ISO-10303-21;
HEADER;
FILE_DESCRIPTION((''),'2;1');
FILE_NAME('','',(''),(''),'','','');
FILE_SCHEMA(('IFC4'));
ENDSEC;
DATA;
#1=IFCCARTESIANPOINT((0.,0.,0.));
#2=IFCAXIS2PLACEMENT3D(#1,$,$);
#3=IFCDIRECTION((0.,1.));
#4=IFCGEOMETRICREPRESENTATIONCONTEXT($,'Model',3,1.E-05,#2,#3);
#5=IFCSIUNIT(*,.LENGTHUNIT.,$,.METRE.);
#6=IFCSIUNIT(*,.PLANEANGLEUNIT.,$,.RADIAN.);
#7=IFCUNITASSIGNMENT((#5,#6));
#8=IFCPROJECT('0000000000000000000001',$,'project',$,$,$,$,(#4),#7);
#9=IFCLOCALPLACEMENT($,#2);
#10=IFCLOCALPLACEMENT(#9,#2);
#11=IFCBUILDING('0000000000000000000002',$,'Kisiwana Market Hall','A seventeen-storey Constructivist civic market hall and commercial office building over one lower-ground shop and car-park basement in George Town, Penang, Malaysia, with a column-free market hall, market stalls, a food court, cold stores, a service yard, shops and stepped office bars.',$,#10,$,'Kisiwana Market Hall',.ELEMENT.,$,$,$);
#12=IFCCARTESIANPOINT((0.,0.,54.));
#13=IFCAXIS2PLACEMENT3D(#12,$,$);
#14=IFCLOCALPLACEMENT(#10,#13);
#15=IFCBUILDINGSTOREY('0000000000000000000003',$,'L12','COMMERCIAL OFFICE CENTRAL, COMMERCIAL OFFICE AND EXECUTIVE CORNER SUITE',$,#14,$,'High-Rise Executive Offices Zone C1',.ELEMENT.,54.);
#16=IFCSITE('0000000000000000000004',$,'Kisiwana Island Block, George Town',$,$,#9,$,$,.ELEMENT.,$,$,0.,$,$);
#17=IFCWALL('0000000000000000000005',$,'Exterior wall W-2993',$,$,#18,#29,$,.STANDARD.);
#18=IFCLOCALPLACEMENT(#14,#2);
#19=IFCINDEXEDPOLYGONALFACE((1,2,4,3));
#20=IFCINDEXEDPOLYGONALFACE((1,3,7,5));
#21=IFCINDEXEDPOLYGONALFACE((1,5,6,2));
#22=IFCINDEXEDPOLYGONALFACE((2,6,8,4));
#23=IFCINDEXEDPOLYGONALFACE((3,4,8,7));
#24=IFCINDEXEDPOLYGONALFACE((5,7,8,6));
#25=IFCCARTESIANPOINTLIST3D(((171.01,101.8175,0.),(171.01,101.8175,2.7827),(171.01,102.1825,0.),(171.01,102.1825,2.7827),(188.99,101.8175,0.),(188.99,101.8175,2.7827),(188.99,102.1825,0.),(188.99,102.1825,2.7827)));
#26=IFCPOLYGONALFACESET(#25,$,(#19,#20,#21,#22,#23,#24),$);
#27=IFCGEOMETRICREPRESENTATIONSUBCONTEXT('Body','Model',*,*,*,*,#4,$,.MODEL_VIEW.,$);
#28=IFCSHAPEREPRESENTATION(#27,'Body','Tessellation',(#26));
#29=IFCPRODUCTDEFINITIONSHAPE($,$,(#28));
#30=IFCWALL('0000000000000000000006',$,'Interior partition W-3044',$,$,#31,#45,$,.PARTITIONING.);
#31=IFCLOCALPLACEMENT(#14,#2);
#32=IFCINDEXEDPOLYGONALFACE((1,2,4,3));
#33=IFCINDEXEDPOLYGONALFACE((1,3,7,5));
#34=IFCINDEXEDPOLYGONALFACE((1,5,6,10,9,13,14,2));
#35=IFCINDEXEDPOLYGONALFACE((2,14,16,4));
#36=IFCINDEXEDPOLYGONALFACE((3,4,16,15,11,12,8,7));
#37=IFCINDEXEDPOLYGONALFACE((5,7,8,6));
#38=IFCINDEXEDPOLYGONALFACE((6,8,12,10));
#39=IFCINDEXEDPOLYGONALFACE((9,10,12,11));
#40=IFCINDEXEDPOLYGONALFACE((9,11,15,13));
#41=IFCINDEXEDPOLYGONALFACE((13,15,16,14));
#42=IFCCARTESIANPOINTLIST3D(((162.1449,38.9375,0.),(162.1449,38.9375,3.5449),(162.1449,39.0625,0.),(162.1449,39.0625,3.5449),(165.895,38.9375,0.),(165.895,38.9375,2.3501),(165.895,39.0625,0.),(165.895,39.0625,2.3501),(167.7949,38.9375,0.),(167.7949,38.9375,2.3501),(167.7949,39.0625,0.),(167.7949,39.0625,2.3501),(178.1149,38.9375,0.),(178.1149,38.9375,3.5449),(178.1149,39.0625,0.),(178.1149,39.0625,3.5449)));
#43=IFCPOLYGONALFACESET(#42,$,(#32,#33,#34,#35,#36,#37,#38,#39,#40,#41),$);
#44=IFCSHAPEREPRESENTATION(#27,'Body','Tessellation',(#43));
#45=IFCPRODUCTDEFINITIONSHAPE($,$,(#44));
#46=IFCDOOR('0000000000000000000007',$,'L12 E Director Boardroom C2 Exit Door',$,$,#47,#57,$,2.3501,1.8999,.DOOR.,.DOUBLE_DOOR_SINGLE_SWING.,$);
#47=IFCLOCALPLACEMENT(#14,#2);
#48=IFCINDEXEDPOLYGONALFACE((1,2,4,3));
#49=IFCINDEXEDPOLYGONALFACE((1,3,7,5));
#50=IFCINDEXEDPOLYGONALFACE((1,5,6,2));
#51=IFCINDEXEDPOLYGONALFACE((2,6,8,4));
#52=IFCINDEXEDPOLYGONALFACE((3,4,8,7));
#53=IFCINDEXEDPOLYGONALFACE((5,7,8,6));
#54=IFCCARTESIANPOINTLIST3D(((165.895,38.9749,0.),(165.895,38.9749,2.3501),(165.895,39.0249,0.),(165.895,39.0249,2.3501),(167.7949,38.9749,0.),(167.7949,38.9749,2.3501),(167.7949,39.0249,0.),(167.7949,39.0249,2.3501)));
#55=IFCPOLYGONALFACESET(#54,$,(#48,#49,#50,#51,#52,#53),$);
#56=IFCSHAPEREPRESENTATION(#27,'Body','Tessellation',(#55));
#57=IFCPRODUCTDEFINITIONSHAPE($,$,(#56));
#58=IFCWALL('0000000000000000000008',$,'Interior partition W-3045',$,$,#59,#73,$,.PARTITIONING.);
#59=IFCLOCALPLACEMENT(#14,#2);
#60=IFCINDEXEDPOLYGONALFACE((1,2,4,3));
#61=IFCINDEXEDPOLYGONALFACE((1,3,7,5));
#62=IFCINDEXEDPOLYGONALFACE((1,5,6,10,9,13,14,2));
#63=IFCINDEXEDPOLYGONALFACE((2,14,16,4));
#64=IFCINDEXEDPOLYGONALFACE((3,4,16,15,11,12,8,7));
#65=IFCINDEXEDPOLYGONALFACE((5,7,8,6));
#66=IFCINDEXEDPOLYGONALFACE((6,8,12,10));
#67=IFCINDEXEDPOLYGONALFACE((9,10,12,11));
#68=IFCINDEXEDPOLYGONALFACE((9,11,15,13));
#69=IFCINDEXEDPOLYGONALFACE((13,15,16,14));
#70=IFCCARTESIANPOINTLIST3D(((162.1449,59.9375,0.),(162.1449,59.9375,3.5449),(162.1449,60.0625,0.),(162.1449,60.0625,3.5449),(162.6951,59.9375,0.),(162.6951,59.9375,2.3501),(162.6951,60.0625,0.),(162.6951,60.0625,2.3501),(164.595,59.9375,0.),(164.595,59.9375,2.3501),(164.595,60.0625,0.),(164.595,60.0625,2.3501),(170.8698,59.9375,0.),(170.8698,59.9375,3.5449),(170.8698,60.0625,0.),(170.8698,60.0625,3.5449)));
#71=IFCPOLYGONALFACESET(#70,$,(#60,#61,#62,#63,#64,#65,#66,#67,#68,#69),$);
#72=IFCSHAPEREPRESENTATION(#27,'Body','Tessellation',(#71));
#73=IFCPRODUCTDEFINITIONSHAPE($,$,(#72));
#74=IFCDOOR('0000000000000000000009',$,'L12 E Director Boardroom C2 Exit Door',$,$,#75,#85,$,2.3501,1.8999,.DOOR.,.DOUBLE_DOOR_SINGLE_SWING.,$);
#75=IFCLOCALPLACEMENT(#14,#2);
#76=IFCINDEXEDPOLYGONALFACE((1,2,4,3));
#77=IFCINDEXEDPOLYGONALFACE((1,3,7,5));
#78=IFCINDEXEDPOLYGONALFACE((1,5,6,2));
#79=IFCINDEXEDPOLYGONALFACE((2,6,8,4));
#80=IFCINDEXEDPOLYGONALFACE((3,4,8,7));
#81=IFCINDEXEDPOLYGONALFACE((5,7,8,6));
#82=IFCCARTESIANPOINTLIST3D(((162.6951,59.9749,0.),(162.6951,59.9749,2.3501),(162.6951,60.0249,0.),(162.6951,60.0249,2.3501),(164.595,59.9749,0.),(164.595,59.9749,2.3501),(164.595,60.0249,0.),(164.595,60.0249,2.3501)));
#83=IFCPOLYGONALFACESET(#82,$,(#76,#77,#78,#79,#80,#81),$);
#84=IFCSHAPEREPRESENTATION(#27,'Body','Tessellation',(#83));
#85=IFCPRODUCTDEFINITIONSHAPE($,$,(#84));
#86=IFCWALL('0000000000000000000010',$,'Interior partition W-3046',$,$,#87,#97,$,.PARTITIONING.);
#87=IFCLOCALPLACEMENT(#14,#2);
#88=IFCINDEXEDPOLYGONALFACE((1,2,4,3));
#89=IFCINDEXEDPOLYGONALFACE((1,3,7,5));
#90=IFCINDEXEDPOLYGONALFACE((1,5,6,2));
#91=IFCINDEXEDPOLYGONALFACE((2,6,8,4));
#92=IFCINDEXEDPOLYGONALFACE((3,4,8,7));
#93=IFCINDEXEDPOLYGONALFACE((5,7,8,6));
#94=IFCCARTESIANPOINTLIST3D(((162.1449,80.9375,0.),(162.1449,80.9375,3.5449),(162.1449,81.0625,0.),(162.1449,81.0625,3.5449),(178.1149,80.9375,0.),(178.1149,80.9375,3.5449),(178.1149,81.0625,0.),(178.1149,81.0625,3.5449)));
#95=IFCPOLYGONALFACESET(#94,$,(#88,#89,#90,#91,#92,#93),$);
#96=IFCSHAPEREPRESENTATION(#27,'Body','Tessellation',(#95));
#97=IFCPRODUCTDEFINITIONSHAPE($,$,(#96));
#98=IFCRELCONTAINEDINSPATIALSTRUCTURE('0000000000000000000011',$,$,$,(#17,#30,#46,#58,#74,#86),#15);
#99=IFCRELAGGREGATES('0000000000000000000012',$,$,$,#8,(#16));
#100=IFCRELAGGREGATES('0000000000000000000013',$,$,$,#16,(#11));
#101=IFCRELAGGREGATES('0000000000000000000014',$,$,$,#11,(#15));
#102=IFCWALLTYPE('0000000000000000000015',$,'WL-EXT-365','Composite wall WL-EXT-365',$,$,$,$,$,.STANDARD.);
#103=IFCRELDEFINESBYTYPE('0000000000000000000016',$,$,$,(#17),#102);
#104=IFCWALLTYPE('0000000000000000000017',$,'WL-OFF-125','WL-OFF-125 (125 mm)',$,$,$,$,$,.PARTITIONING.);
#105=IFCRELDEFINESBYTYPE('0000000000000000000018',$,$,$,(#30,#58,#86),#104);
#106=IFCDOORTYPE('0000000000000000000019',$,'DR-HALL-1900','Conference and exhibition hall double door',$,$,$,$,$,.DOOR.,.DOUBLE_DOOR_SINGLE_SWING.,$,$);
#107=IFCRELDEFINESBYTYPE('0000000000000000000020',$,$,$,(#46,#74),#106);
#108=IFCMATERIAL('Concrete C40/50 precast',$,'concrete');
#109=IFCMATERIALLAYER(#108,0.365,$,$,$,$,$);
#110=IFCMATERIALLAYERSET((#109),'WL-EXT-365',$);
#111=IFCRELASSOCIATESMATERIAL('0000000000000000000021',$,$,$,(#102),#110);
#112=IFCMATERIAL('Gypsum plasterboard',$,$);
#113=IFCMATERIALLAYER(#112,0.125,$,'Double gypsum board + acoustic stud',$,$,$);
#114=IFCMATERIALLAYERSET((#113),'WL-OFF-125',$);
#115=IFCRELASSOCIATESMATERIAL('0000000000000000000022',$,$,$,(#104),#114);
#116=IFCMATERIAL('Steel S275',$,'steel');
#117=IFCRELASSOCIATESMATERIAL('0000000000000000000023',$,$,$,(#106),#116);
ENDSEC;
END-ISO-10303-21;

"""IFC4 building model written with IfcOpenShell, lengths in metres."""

from ifc_helpers import new_model, si_unit, direction, frame, frame_2d, origin, place, context, subcontext, project, spatial, rectangle, extrude, material, layer, layer_set, type_object, element, fill, save


model = new_model("IFC4")

# Units and contexts
model_context = context("Model", 3, precision=1e-05, world=origin(), true_north=direction((0.0, 1.0)))
body_context = subcontext(model_context, "Body", "Model", "MODEL_VIEW")
ifc_project = project(units=[si_unit("LENGTHUNIT", "METRE"), si_unit("PLANEANGLEUNIT", "RADIAN")], contexts=[model_context])

# Site, building, storey
site_placement = place(None, origin())
site = spatial("IfcSite", under=ifc_project, at=site_placement, Name="Kisiwana Island Block, George Town", CompositionType="ELEMENT", RefElevation=0.0)
building_placement = place(site_placement, origin())
building = spatial("IfcBuilding", under=site, at=building_placement, Name="Kisiwana Market Hall", Description="A seventeen-storey Constructivist civic market hall and commercial office building over one lower-ground shop and car-park basement in George Town, Penang, Malaysia, with a column-free market hall, market stalls, a food court, cold stores, a service yard, shops and stepped office bars.", LongName="Kisiwana Market Hall", CompositionType="ELEMENT")
storey_placement = place(building_placement, frame((0.0, 0.0, 54.0)))
storey = spatial("IfcBuildingStorey", under=building, at=storey_placement, Name="L12", Description="COMMERCIAL OFFICE CENTRAL, COMMERCIAL OFFICE AND EXECUTIVE CORNER SUITE", LongName="High-Rise Executive Offices Zone C1", CompositionType="ELEMENT", Elevation=54.0)

# Wall
ifc_material_1 = material(Name="Concrete C40/50 precast", Category="concrete")
ifc_layer_1 = layer(ifc_material_1, 0.365)
ifc_layer_set_1 = layer_set([ifc_layer_1], Name="WL-EXT-365")
wall_type_1 = type_object("IfcWallType", Name="WL-EXT-365", Description="Composite wall WL-EXT-365", PredefinedType="STANDARD", material=ifc_layer_set_1)
wall_1_placement = place(storey_placement, frame((171.01, 102.0, 0.0), z_axis=(0.0, 0.0, 1.0), x_axis=(1.0, 0.0, 0.0)))
element("IfcWall", 1, at=wall_1_placement, inside=storey, type_object=wall_type_1, Name="Exterior wall W-2993", PredefinedType="STANDARD", context=body_context, shape_type="SweptSolid", body=[
    extrude(rectangle(XDim=17.98, YDim=0.365, at=frame_2d((8.99, 0.0))), origin(), (0.0, 0.0, 1.0), 2.7827),
])

# Walls, openings, doors
ifc_material_2 = material(Name="Gypsum plasterboard")
ifc_layer_2 = layer(ifc_material_2, 0.125, Name="Double gypsum board + acoustic stud")
ifc_layer_set_2 = layer_set([ifc_layer_2], Name="WL-OFF-125")
wall_type_2 = type_object("IfcWallType", Name="WL-OFF-125", Description="WL-OFF-125 (125 mm)", PredefinedType="PARTITIONING", material=ifc_layer_set_2)
wall_2_placement = place(storey_placement, frame((162.145, 39.0, 0.0), z_axis=(0.0, 0.0, 1.0), x_axis=(1.0, 0.0, 0.0)))
wall_2 = element("IfcWall", 2, at=wall_2_placement, inside=storey, type_object=wall_type_2, Name="Interior partition W-3044", PredefinedType="PARTITIONING", context=body_context, shape_type="SweptSolid", body=[
    extrude(rectangle(XDim=15.97, YDim=0.125, at=frame_2d((7.9849, 0.0))), origin(), (0.0, 0.0, 1.0), 3.5449),
])
opening_1_placement = place(wall_2_placement, frame((3.75, 0.0, 0.0)))
opening_1 = element("IfcOpeningElement", 3, at=opening_1_placement, cuts=wall_2, PredefinedType="OPENING", context=body_context, shape_type="SweptSolid", body=[
    extrude(rectangle(XDim=1.8999, YDim=2.3501, at=frame_2d((0.95, 1.175))), frame((0.0, 0.0745, 0.0), z_axis=(0.0, -1.0, 0.0), x_axis=(1.0, 0.0, 0.0)), (0.0, 0.0, 1.0), 0.1489),
])
ifc_material_3 = material(Name="Steel S275", Category="steel")
door_type = type_object("IfcDoorType", Name="DR-HALL-1900", Description="Conference and exhibition hall double door", OperationType="DOUBLE_DOOR_SINGLE_SWING", PredefinedType="DOOR", material=ifc_material_3)
door_1_placement = place(opening_1_placement, origin())
door_1 = element("IfcDoor", 4, at=door_1_placement, inside=storey, type_object=door_type, Name="L12 E Director Boardroom C2 Exit Door", OperationType="DOUBLE_DOOR_SINGLE_SWING", OverallHeight=2.3501, OverallWidth=1.8999, PredefinedType="DOOR", context=body_context, shape_type="SweptSolid", body=[
    extrude(rectangle(XDim=1.8999, YDim=2.3501, at=frame_2d((0.95, 1.175))), frame((0.0, 0.0249, 0.0), z_axis=(0.0, -1.0, 0.0), x_axis=(1.0, 0.0, 0.0)), (0.0, 0.0, 1.0), 0.05),
])
fill(opening_1, door_1)
wall_3_placement = place(storey_placement, frame((162.145, 60.0, 0.0), z_axis=(0.0, 0.0, 1.0), x_axis=(1.0, 0.0, 0.0)))
wall_3 = element("IfcWall", 5, at=wall_3_placement, inside=storey, type_object=wall_type_2, Name="Interior partition W-3045", PredefinedType="PARTITIONING", context=body_context, shape_type="SweptSolid", body=[
    extrude(rectangle(XDim=8.7249, YDim=0.125, at=frame_2d((4.3623, 0.0))), origin(), (0.0, 0.0, 1.0), 3.5449),
])
opening_2_placement = place(wall_3_placement, frame((0.55, 0.0, 0.0)))
opening_2 = element("IfcOpeningElement", 6, at=opening_2_placement, cuts=wall_3, PredefinedType="OPENING", context=body_context, shape_type="SweptSolid", body=[
    extrude(rectangle(XDim=1.8999, YDim=2.3501, at=frame_2d((0.95, 1.175))), frame((0.0, 0.0745, 0.0), z_axis=(0.0, -1.0, 0.0), x_axis=(1.0, 0.0, 0.0)), (0.0, 0.0, 1.0), 0.1489),
])
door_2_placement = place(opening_2_placement, origin())
door_2 = element("IfcDoor", 7, at=door_2_placement, inside=storey, type_object=door_type, Name="L12 E Director Boardroom C2 Exit Door", OperationType="DOUBLE_DOOR_SINGLE_SWING", OverallHeight=2.3501, OverallWidth=1.8999, PredefinedType="DOOR", context=body_context, shape_type="SweptSolid", body=[
    extrude(rectangle(XDim=1.8999, YDim=2.3501, at=frame_2d((0.95, 1.175))), frame((0.0, 0.0249, 0.0), z_axis=(0.0, -1.0, 0.0), x_axis=(1.0, 0.0, 0.0)), (0.0, 0.0, 1.0), 0.05),
])
fill(opening_2, door_2)

# Wall
wall_4_placement = place(storey_placement, frame((162.145, 81.0, 0.0), z_axis=(0.0, 0.0, 1.0), x_axis=(1.0, 0.0, 0.0)))
element("IfcWall", 8, at=wall_4_placement, inside=storey, type_object=wall_type_2, Name="Interior partition W-3046", PredefinedType="PARTITIONING", context=body_context, shape_type="SweptSolid", body=[
    extrude(rectangle(XDim=15.97, YDim=0.125, at=frame_2d((7.9849, 0.0))), origin(), (0.0, 0.0, 1.0), 3.5449),
])

save(model, "model.ifc")
